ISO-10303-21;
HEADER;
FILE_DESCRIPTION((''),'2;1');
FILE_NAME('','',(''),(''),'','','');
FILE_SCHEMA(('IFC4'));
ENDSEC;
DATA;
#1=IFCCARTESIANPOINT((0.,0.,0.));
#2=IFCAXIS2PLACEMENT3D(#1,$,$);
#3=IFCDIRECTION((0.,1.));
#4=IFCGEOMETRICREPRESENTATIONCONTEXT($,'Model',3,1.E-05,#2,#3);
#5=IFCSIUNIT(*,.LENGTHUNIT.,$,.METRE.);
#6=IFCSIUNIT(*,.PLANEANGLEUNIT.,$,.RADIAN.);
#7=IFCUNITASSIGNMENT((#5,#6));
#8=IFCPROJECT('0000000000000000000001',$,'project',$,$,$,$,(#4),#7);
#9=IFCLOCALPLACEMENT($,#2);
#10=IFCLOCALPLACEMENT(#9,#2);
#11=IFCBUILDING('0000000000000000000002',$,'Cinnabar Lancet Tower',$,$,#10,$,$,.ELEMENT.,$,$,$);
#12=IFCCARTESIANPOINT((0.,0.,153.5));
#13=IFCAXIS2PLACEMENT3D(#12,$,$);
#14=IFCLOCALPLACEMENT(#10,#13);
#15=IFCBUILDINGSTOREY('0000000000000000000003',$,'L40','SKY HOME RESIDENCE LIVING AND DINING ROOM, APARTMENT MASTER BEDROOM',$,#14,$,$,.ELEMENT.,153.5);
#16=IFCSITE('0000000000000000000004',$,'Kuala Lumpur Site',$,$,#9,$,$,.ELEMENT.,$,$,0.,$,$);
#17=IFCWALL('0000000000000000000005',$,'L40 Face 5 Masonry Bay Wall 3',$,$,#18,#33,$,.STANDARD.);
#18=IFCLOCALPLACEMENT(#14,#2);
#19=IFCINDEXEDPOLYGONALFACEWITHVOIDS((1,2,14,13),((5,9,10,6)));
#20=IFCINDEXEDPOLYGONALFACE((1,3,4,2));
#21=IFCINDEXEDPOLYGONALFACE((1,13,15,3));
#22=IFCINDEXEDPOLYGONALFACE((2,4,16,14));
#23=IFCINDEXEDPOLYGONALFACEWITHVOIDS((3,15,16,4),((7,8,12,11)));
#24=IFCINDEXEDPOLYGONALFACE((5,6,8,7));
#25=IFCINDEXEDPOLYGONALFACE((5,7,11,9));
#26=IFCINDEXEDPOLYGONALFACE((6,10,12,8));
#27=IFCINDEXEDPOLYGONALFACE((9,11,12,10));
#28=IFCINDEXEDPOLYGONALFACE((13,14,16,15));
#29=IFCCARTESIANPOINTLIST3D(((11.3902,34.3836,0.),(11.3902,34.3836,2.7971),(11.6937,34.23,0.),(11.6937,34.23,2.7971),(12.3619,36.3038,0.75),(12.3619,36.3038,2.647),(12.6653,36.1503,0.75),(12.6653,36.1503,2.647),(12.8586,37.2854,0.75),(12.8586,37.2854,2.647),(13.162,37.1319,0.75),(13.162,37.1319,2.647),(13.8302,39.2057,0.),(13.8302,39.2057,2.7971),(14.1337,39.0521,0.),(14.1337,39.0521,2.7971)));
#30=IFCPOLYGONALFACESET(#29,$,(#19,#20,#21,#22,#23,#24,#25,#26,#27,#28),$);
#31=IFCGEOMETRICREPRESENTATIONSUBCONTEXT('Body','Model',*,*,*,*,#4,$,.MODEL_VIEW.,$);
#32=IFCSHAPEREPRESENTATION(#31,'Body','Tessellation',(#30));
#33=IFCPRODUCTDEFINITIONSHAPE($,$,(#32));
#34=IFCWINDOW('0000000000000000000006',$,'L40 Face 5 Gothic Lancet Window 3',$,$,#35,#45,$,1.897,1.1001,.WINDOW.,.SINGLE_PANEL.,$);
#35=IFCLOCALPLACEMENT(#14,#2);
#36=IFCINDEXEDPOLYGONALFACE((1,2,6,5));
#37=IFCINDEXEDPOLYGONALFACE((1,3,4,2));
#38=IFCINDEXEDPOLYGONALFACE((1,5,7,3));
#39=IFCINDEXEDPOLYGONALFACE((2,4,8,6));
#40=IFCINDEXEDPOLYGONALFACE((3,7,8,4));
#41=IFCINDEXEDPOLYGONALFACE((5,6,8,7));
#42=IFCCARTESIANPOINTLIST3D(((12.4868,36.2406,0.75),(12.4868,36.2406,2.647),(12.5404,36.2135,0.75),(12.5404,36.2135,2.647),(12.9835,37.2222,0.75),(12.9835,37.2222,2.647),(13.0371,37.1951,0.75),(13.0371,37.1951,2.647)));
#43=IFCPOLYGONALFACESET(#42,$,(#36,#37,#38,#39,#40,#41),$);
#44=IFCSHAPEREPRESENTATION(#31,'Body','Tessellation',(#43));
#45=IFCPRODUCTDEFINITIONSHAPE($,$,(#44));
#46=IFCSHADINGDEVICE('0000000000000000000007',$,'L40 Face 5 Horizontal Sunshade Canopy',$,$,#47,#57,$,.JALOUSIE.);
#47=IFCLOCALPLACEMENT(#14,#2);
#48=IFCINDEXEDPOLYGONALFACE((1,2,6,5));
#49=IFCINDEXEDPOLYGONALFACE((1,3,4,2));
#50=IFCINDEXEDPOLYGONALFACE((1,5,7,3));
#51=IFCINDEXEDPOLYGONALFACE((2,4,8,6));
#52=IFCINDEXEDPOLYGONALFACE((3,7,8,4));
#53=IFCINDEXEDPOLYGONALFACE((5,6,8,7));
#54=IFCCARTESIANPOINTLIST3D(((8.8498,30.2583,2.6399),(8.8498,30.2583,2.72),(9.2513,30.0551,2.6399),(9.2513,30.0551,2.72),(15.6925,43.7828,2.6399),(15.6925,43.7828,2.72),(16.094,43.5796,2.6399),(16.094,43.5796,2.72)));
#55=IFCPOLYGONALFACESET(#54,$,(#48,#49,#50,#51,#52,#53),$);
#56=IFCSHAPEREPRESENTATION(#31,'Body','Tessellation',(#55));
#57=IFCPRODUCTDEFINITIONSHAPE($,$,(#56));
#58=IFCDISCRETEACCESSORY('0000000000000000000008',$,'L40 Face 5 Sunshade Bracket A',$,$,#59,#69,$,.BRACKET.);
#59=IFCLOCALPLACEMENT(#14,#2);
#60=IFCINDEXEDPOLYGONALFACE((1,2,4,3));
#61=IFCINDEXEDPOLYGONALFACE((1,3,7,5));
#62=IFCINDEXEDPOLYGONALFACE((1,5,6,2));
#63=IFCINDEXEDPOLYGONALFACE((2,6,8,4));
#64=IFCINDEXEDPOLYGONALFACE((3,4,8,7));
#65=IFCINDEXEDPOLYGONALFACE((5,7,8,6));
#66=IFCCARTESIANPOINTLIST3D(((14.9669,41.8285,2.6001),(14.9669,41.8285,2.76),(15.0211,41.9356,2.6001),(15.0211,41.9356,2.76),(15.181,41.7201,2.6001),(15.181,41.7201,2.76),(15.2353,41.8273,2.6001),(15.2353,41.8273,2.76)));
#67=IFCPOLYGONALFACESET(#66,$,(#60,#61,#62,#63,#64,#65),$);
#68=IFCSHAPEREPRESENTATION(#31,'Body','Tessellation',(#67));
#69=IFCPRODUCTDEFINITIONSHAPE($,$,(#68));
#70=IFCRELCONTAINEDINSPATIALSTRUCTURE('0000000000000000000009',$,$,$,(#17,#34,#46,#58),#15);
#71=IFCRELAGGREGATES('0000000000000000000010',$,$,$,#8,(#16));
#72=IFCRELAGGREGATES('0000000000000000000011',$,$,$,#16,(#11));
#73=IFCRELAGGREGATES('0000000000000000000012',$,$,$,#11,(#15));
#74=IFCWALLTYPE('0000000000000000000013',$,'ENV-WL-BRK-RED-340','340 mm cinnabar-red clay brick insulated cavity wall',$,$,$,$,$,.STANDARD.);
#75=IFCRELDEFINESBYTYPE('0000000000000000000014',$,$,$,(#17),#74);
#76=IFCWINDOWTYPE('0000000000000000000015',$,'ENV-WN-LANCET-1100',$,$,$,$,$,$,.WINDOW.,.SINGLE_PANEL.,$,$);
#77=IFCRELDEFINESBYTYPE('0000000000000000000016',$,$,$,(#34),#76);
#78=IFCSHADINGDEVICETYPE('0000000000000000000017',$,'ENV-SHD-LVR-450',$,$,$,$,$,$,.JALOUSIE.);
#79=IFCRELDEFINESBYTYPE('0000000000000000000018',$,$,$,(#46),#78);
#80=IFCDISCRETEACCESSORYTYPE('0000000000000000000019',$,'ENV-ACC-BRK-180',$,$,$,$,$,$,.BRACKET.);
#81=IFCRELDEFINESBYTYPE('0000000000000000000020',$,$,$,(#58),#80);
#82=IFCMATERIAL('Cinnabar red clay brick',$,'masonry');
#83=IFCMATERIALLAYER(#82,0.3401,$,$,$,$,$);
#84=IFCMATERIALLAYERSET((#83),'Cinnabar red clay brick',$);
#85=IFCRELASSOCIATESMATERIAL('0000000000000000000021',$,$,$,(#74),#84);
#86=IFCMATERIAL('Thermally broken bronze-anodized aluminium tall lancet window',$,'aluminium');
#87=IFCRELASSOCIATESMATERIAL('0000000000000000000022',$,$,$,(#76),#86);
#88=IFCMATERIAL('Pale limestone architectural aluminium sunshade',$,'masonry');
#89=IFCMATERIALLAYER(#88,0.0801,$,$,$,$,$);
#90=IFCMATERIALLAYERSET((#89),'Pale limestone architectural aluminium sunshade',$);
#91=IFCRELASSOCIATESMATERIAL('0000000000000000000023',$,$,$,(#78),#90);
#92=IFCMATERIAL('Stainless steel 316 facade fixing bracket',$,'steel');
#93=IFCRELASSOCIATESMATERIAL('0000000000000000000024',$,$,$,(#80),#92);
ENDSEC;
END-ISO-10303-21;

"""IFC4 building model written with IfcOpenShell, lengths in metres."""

from ifc_helpers import new_model, si_unit, direction, frame, frame_2d, origin, origin_2d, place, context, subcontext, project, spatial, rectangle, extrude, material, layer, layer_set, type_object, element, fill, save


model = new_model("IFC4")

# Units and contexts
model_context = context("Model", 3, precision=1e-05, world=origin(), true_north=direction((0.0, 1.0)))
body_context = subcontext(model_context, "Body", "Model", "MODEL_VIEW")
ifc_project = project(units=[si_unit("LENGTHUNIT", "METRE"), si_unit("PLANEANGLEUNIT", "RADIAN")], contexts=[model_context])

# Site, building, storey
site_placement = place(None, origin())
site = spatial("IfcSite", under=ifc_project, at=site_placement, Name="Kuala Lumpur Site", CompositionType="ELEMENT", RefElevation=0.0)
building_placement = place(site_placement, origin())
building = spatial("IfcBuilding", under=site, at=building_placement, Name="Cinnabar Lancet Tower", CompositionType="ELEMENT")
storey_placement = place(building_placement, frame((0.0, 0.0, 153.5)))
storey = spatial("IfcBuildingStorey", under=building, at=storey_placement, Name="L40", Description="SKY HOME RESIDENCE LIVING AND DINING ROOM, APARTMENT MASTER BEDROOM", CompositionType="ELEMENT", Elevation=153.5)

# Shared definitions
ifc_material_1 = material(Name="Cinnabar red clay brick", Category="masonry")
ifc_layer_1 = layer(ifc_material_1, 0.3401)
ifc_layer_set_1 = layer_set([ifc_layer_1], Name="Cinnabar red clay brick")
wall_type_1 = type_object("IfcWallType", Name="ENV-WL-BRK-RED-340", Description="340 mm cinnabar-red clay brick insulated cavity wall", PredefinedType="STANDARD", material=ifc_layer_set_1)

# Wall, opening, window
ifc_material_2 = material(Name="Thermally broken bronze-anodized aluminium tall lancet window", Category="aluminium")
window_type = type_object("IfcWindowType", Name="ENV-WN-LANCET-1100", PartitioningType="SINGLE_PANEL", PredefinedType="WINDOW", material=ifc_material_2)
wall_1_placement = place(storey_placement, frame((13.9819, 39.1289, 0.0), z_axis=(0.0, 0.0, 1.0), x_axis=(-0.451491, -0.892276, 0.0)))
wall_1 = element("IfcWall", 1, at=wall_1_placement, inside=storey, type_object=wall_type_1, Name="L40 Face 5 Masonry Bay Wall 3", PredefinedType="STANDARD", context=body_context, shape_type="SweptSolid", body=[
    extrude(rectangle(XDim=5.4043, YDim=0.3401, at=frame_2d((2.7021, 0.0))), origin(), (0.0, 0.0, 1.0), 2.7971),
])
opening_1_placement = place(wall_1_placement, frame((2.1521, 0.0, 0.75)))
opening_1 = element("IfcOpeningElement", 2, at=opening_1_placement, cuts=wall_1, PredefinedType="OPENING", context=body_context, shape_type="SweptSolid", body=[
    extrude(rectangle(XDim=1.1001, YDim=1.897, at=frame_2d((0.55, 0.9485))), frame((0.0, 0.1799, 0.0), z_axis=(0.0, -1.0, 0.0), x_axis=(1.0, 0.0, 0.0)), (0.0, 0.0, 1.0), 0.3601),
])
window_1_placement = place(opening_1_placement, origin())
window_1 = element("IfcWindow", 3, at=window_1_placement, inside=storey, type_object=window_type, Name="L40 Face 5 Gothic Lancet Window 3", OverallHeight=1.897, OverallWidth=1.1001, PartitioningType="SINGLE_PANEL", PredefinedType="WINDOW", context=body_context, shape_type="SweptSolid", body=[
    extrude(rectangle(XDim=1.1001, YDim=1.897, at=frame_2d((0.55, 0.9485))), frame((0.0, 0.03, 0.0), z_axis=(0.0, -1.0, 0.0), x_axis=(1.0, 0.0, 0.0)), (0.0, 0.0, 1.0), 0.0601),
])
fill(opening_1, window_1)

# Shading device
ifc_material_3 = material(Name="Pale limestone architectural aluminium sunshade", Category="masonry")
ifc_layer_2 = layer(ifc_material_3, 0.0801)
ifc_layer_set_2 = layer_set([ifc_layer_2], Name="Pale limestone architectural aluminium sunshade")
shading_device_type = type_object("IfcShadingDeviceType", Name="ENV-SHD-LVR-450", PredefinedType="JALOUSIE", material=ifc_layer_set_2)
shading_device_placement = place(storey_placement, frame((12.4719, 36.9189, 2.6399), z_axis=(0.0, 0.0, 1.0), x_axis=(-0.451454, -0.892294, 0.0)))
element("IfcShadingDevice", 4, at=shading_device_placement, inside=storey, type_object=shading_device_type, Name="L40 Face 5 Horizontal Sunshade Canopy", PredefinedType="JALOUSIE", context=body_context, shape_type="SweptSolid", body=[
    extrude(rectangle(XDim=15.157, YDim=0.45, at=origin_2d()), origin(), (0.0, 0.0, 1.0), 0.0801),
])

# Discrete accessory
ifc_material_4 = material(Name="Stainless steel 316 facade fixing bracket", Category="steel")
discrete_accessory_type = type_object("IfcDiscreteAccessoryType", Name="ENV-ACC-BRK-180", PredefinedType="BRACKET", material=ifc_material_4)
discrete_accessory_placement = place(storey_placement, frame((15.1011, 41.8279, 2.6001), z_axis=(0.0, 0.0, 1.0), x_axis=(-0.451454, -0.892294, 0.0)))
element("IfcDiscreteAccessory", 5, at=discrete_accessory_placement, inside=storey, type_object=discrete_accessory_type, Name="L40 Face 5 Sunshade Bracket A", PredefinedType="BRACKET", context=body_context, shape_type="SweptSolid", body=[
    extrude(rectangle(XDim=0.1201, YDim=0.24, at=origin_2d()), origin(), (0.0, 0.0, 1.0), 0.1599),
])

save(model, "model.ifc")
